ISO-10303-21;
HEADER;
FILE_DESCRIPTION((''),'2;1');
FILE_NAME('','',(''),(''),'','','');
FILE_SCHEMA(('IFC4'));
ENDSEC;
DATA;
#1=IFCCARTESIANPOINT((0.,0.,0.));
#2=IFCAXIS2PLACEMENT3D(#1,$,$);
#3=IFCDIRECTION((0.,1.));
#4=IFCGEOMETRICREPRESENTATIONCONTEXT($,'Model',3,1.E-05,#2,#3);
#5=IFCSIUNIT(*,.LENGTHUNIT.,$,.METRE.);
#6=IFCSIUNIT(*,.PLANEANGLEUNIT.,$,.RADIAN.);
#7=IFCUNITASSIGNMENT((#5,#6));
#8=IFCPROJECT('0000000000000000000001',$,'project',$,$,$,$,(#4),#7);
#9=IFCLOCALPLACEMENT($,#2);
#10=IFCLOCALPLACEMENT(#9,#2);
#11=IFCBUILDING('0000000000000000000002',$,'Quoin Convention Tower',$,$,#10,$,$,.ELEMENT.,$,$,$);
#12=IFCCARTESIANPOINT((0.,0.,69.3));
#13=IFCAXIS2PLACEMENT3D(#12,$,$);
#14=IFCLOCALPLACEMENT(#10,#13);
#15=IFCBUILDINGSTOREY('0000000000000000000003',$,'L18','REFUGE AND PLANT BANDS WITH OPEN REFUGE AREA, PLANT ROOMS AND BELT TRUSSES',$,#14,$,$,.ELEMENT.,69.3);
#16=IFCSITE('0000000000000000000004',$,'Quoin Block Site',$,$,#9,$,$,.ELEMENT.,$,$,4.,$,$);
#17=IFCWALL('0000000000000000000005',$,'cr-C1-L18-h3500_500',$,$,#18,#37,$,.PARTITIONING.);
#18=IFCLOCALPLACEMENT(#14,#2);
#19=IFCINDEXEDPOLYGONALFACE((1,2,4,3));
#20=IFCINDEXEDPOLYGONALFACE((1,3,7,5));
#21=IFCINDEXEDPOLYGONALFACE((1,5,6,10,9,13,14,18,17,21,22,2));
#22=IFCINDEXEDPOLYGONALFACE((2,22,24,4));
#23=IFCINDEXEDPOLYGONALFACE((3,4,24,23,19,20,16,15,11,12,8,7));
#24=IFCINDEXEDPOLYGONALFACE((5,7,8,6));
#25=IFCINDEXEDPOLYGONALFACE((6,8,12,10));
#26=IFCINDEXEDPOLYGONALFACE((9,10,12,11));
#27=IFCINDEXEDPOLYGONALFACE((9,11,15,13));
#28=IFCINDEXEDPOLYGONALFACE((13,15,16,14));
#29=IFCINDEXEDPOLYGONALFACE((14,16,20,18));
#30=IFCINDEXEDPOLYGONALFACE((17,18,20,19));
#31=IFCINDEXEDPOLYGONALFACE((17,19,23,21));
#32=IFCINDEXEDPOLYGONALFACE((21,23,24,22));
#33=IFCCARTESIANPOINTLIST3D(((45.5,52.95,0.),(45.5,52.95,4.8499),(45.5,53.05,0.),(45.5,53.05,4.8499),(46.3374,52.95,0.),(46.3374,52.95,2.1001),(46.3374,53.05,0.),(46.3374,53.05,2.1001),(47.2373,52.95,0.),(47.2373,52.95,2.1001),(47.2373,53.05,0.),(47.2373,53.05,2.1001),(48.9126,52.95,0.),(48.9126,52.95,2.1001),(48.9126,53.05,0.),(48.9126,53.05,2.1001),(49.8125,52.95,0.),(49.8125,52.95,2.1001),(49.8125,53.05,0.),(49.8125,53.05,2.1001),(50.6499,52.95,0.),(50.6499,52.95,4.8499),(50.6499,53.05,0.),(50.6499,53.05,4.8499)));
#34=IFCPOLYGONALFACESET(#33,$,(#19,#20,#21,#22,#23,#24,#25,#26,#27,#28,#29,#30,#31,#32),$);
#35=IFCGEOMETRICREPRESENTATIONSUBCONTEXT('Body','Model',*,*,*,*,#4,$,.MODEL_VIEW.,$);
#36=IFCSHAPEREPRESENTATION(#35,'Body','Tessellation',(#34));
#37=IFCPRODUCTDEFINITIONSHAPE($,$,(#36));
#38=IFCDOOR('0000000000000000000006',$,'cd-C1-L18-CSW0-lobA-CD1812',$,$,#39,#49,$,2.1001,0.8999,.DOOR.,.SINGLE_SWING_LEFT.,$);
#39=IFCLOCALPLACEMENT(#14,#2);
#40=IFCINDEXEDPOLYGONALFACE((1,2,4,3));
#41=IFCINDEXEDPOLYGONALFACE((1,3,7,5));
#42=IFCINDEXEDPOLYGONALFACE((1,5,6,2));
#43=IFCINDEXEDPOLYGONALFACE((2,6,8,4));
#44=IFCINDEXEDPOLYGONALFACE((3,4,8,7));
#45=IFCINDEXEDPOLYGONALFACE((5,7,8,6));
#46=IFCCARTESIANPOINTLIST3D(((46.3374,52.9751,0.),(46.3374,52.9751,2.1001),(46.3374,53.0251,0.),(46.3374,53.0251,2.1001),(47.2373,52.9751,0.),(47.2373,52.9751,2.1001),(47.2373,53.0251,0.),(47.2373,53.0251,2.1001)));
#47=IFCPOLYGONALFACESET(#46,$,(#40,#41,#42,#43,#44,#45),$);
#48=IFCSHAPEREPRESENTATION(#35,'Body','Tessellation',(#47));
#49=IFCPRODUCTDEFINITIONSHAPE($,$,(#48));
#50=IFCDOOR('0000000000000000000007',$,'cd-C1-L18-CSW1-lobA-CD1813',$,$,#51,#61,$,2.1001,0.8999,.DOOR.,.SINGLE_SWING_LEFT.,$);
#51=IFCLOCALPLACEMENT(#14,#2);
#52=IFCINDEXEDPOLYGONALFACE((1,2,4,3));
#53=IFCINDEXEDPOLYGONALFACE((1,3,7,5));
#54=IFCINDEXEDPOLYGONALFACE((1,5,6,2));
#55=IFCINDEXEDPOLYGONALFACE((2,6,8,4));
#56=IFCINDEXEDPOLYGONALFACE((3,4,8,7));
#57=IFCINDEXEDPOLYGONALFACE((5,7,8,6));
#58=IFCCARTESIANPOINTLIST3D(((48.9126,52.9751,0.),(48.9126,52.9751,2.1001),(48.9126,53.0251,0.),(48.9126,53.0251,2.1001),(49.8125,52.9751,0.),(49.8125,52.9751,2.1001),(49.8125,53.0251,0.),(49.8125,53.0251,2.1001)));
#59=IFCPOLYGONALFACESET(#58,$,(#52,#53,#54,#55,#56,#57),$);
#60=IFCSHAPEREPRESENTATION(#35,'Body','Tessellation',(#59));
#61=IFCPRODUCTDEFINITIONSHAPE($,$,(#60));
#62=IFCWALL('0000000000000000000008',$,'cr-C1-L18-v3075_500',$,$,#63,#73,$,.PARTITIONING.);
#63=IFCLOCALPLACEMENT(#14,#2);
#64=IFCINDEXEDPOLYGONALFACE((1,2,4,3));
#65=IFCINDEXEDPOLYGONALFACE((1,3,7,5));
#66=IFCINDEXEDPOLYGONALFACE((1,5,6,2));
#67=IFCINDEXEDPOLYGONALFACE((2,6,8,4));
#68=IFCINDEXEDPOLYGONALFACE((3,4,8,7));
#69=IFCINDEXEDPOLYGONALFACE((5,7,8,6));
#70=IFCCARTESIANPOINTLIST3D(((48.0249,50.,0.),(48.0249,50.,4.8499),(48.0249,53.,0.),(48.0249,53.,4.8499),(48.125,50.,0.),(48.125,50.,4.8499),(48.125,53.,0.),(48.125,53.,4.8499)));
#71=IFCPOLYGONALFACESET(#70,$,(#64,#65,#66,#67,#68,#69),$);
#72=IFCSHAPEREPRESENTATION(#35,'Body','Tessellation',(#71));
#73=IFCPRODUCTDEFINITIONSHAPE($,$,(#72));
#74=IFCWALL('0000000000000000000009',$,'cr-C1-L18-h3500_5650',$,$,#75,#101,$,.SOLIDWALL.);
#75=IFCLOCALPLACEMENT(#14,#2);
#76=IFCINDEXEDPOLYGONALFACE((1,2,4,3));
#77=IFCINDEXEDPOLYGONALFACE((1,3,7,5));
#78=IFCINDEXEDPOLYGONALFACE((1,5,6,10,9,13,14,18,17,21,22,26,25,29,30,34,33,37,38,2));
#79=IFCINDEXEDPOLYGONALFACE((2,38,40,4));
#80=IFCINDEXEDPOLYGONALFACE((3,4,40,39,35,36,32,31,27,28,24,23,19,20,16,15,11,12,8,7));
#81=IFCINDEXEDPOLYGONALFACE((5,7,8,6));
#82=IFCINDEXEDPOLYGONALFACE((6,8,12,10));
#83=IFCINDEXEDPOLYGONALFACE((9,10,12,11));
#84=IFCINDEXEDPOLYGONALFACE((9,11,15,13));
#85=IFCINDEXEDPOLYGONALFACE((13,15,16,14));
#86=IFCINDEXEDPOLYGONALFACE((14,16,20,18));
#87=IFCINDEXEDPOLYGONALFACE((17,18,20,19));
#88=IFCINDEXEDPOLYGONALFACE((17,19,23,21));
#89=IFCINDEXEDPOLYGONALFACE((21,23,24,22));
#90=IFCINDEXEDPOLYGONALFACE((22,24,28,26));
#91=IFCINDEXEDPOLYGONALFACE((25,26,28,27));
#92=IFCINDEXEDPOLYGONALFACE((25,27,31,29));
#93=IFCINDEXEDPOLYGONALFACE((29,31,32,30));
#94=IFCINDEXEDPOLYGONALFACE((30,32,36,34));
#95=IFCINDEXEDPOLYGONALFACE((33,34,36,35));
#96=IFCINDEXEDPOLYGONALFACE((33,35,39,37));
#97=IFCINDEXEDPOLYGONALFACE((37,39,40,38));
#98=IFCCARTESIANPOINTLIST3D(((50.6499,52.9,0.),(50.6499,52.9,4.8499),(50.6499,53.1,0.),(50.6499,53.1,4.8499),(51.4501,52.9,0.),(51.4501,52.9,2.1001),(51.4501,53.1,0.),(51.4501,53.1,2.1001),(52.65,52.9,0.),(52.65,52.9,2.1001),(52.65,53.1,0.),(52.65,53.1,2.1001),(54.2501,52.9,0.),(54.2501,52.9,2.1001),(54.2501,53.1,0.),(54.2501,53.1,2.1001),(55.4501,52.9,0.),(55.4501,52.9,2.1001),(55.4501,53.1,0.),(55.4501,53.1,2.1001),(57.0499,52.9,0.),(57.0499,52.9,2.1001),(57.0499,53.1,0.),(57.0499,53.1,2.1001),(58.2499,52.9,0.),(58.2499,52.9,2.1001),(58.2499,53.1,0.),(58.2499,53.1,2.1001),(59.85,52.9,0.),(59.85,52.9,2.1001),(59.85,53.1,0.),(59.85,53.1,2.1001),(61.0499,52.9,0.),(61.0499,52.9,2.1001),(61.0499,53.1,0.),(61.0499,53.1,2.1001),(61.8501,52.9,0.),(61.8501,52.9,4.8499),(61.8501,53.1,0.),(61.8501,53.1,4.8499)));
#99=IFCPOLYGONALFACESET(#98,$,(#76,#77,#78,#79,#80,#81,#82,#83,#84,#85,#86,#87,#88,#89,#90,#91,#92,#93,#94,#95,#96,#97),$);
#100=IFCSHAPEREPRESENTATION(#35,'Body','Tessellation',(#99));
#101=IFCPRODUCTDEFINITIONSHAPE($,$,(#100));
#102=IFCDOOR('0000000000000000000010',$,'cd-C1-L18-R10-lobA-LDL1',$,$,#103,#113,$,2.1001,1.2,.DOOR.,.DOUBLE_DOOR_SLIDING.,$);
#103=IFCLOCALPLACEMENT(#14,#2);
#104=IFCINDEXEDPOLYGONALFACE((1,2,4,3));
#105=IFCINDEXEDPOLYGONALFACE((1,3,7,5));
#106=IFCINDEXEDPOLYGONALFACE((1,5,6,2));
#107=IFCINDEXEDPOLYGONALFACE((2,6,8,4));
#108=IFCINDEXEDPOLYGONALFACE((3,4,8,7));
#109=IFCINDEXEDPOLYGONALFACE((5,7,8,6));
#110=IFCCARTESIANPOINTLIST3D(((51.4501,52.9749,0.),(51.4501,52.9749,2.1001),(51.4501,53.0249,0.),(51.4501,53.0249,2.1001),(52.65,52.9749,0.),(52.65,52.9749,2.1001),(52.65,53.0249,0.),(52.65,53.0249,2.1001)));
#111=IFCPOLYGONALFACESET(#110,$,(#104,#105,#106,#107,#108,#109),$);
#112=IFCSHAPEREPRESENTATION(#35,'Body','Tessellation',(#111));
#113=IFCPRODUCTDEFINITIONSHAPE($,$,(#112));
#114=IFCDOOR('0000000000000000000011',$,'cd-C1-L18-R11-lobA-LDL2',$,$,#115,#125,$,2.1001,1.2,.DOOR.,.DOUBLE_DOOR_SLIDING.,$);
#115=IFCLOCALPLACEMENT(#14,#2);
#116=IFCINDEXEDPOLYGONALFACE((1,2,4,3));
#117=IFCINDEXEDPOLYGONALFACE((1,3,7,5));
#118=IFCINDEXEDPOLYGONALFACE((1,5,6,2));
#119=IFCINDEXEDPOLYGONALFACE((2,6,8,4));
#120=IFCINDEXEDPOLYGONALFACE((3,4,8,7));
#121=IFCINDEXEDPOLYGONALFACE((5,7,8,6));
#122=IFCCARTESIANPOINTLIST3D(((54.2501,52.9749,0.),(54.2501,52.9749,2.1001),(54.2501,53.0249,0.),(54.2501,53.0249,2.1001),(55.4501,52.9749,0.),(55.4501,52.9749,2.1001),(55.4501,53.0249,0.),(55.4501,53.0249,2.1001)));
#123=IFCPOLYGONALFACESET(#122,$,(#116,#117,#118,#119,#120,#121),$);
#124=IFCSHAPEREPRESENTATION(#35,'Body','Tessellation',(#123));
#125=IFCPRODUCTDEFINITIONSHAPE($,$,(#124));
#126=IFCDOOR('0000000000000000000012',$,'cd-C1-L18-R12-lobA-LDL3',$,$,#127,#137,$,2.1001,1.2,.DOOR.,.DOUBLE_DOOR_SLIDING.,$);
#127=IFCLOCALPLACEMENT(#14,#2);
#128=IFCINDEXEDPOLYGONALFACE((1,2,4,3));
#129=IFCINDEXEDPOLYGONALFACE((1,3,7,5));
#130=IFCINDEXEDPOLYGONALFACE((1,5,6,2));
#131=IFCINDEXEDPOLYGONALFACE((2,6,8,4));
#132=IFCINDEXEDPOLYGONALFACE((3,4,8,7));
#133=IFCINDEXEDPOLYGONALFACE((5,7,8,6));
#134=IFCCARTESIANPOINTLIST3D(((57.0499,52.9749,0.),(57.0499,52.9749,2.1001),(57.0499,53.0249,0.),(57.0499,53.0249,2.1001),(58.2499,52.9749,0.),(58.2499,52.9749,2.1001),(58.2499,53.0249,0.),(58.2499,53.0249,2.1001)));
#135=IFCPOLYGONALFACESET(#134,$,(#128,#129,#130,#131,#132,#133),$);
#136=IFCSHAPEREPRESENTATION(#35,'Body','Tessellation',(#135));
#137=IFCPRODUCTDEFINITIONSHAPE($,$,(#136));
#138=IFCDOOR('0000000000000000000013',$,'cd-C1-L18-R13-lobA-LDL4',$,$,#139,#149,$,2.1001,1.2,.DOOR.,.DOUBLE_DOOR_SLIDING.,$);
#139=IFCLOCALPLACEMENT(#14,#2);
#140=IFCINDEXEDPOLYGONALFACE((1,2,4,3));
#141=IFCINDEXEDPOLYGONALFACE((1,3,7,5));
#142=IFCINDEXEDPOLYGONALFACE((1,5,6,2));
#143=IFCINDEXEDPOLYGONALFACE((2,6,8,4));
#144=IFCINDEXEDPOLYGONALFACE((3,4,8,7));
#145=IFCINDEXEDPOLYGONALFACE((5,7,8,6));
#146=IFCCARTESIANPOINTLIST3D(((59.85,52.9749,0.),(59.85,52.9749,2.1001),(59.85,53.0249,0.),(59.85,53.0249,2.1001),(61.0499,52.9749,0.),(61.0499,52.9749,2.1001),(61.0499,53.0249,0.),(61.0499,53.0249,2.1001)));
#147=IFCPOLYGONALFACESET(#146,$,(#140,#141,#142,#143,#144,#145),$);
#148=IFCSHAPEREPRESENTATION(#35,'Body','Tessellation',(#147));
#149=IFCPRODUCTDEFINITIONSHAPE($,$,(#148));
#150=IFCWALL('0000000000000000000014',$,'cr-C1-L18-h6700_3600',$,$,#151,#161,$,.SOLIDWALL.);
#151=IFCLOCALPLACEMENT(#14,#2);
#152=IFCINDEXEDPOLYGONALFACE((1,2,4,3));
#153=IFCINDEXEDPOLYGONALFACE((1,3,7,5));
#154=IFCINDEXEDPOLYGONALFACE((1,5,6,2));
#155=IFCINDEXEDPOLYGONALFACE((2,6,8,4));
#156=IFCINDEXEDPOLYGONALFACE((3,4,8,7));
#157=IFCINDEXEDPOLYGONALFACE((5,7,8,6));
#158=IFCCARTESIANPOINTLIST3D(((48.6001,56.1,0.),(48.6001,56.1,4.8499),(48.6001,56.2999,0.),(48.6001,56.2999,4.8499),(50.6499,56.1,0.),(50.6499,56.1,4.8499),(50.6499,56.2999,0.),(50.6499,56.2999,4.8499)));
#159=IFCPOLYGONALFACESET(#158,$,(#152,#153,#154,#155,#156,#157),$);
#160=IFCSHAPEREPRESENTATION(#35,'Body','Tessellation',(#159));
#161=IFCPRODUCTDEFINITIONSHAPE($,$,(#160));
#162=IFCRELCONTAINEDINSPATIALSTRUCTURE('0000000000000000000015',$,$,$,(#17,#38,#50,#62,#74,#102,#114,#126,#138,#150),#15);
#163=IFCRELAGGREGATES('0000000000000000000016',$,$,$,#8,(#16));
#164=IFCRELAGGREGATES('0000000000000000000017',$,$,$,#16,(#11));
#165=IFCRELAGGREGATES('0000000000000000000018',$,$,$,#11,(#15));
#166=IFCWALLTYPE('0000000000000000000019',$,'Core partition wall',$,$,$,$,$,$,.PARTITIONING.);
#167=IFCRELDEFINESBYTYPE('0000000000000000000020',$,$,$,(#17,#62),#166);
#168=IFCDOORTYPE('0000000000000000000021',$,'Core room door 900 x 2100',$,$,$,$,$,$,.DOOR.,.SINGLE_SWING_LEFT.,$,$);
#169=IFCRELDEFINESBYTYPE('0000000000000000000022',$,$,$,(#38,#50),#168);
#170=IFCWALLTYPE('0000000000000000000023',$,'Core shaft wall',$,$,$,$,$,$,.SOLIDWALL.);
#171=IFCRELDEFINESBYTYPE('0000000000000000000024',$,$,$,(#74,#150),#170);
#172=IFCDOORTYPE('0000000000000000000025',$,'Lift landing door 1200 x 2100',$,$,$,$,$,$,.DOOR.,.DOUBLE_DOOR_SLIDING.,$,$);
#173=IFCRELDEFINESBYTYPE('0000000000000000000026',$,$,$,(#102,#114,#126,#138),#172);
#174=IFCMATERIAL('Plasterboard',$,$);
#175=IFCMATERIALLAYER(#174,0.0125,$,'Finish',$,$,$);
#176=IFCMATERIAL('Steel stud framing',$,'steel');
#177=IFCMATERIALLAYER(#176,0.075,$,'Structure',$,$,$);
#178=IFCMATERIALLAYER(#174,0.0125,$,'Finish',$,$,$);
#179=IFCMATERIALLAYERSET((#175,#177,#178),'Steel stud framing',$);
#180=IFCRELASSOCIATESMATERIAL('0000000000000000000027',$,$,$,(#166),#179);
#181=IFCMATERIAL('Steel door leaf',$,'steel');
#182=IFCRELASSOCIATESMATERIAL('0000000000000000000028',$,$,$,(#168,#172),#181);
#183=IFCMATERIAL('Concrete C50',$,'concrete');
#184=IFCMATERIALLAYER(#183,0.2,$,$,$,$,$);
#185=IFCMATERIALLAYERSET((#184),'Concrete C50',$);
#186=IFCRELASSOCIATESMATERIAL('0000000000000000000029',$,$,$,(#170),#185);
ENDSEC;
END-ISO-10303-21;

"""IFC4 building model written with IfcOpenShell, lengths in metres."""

from ifc_helpers import new_model, si_unit, direction, frame, frame_2d, origin, place, context, subcontext, project, spatial, rectangle, extrude, material, layer, layer_set, type_object, element, fill, save


model = new_model("IFC4")

# Units and contexts
model_context = context("Model", 3, precision=1e-05, world=origin(), true_north=direction((0.0, 1.0)))
body_context = subcontext(model_context, "Body", "Model", "MODEL_VIEW")
ifc_project = project(units=[si_unit("LENGTHUNIT", "METRE"), si_unit("PLANEANGLEUNIT", "RADIAN")], contexts=[model_context])

# Site, building, storey
site_placement = place(None, origin())
site = spatial("IfcSite", under=ifc_project, at=site_placement, Name="Quoin Block Site", CompositionType="ELEMENT", RefElevation=4.0)
building_placement = place(site_placement, origin())
building = spatial("IfcBuilding", under=site, at=building_placement, Name="Quoin Convention Tower", CompositionType="ELEMENT")
storey_placement = place(building_placement, frame((0.0, 0.0, 69.3)))
storey = spatial("IfcBuildingStorey", under=building, at=storey_placement, Name="L18", Description="REFUGE AND PLANT BANDS WITH OPEN REFUGE AREA, PLANT ROOMS AND BELT TRUSSES", CompositionType="ELEMENT", Elevation=69.3)

# Wall, openings, doors
ifc_material_1 = material(Name="Plasterboard")
ifc_layer_1 = layer(ifc_material_1, 0.0125, Name="Finish")
ifc_material_2 = material(Name="Steel stud framing", Category="steel")
ifc_layer_2 = layer(ifc_material_2, 0.075, Name="Structure")
ifc_layer_3 = layer(ifc_material_1, 0.0125, Name="Finish")
ifc_layer_set_1 = layer_set([ifc_layer_1, ifc_layer_2, ifc_layer_3], Name="Steel stud framing")
wall_type_1 = type_object("IfcWallType", Name="Core partition wall", PredefinedType="PARTITIONING", material=ifc_layer_set_1)
wall_1_placement = place(storey_placement, frame((45.5, 53.0, 0.0), z_axis=(0.0, 0.0, 1.0), x_axis=(1.0, 0.0, 0.0)))
wall_1 = element("IfcWall", 1, at=wall_1_placement, inside=storey, type_object=wall_type_1, Name="cr-C1-L18-h3500_500", PredefinedType="PARTITIONING", context=body_context, shape_type="SweptSolid", body=[
    extrude(rectangle(XDim=5.1499, YDim=0.1001, at=frame_2d((2.575, 0.0))), origin(), (0.0, 0.0, 1.0), 4.8499),
])
opening_1_placement = place(wall_1_placement, frame((0.8374, 0.0, 0.0)))
opening_1 = element("IfcOpeningElement", 2, at=opening_1_placement, cuts=wall_1, PredefinedType="OPENING", context=body_context, shape_type="SweptSolid", body=[
    extrude(rectangle(XDim=0.8999, YDim=2.1001, at=frame_2d((0.45, 1.05))), frame((0.0, 0.0601, 0.0), z_axis=(0.0, -1.0, 0.0), x_axis=(1.0, 0.0, 0.0)), (0.0, 0.0, 1.0), 0.1201),
])
opening_2_placement = place(wall_1_placement, frame((3.4126, 0.0, 0.0)))
opening_2 = element("IfcOpeningElement", 3, at=opening_2_placement, cuts=wall_1, PredefinedType="OPENING", context=body_context, shape_type="SweptSolid", body=[
    extrude(rectangle(XDim=0.8999, YDim=2.1001, at=frame_2d((0.45, 1.05))), frame((0.0, 0.0601, 0.0), z_axis=(0.0, -1.0, 0.0), x_axis=(1.0, 0.0, 0.0)), (0.0, 0.0, 1.0), 0.1201),
])
ifc_material_3 = material(Name="Steel door leaf", Category="steel")
door_type_1 = type_object("IfcDoorType", Name="Core room door 900 x 2100", OperationType="SINGLE_SWING_LEFT", PredefinedType="DOOR", material=ifc_material_3)
door_1_placement = place(opening_1_placement, frame((0.8999, 0.0, 0.0), z_axis=(0.0, 0.0, 1.0), x_axis=(-1.0, 0.0, 0.0)))
door_1 = element("IfcDoor", 4, at=door_1_placement, inside=storey, type_object=door_type_1, Name="cd-C1-L18-CSW0-lobA-CD1812", OperationType="SINGLE_SWING_LEFT", OverallHeight=2.1001, OverallWidth=0.8999, PredefinedType="DOOR", context=body_context, shape_type="SweptSolid", body=[
    extrude(rectangle(XDim=0.8999, YDim=2.1001, at=frame_2d((0.45, 1.05))), frame((0.0, 0.0249, 0.0), z_axis=(0.0, -1.0, 0.0), x_axis=(1.0, 0.0, 0.0)), (0.0, 0.0, 1.0), 0.05),
])
fill(opening_1, door_1)
door_2_placement = place(opening_2_placement, frame((0.8999, 0.0, 0.0), z_axis=(0.0, 0.0, 1.0), x_axis=(-1.0, 0.0, 0.0)))
door_2 = element("IfcDoor", 5, at=door_2_placement, inside=storey, type_object=door_type_1, Name="cd-C1-L18-CSW1-lobA-CD1813", OperationType="SINGLE_SWING_LEFT", OverallHeight=2.1001, OverallWidth=0.8999, PredefinedType="DOOR", context=body_context, shape_type="SweptSolid", body=[
    extrude(rectangle(XDim=0.8999, YDim=2.1001, at=frame_2d((0.45, 1.05))), frame((0.0, 0.0249, 0.0), z_axis=(0.0, -1.0, 0.0), x_axis=(1.0, 0.0, 0.0)), (0.0, 0.0, 1.0), 0.05),
])
fill(opening_2, door_2)

# Wall
wall_2_placement = place(storey_placement, frame((48.075, 50.0, 0.0), z_axis=(0.0, 0.0, 1.0), x_axis=(0.0, 1.0, 0.0)))
element("IfcWall", 6, at=wall_2_placement, inside=storey, type_object=wall_type_1, Name="cr-C1-L18-v3075_500", PredefinedType="PARTITIONING", context=body_context, shape_type="SweptSolid", body=[
    extrude(rectangle(XDim=3.0, YDim=0.1001, at=frame_2d((1.5, 0.0))), origin(), (0.0, 0.0, 1.0), 4.8499),
])

# Wall, openings, doors
ifc_material_4 = material(Name="Concrete C50", Category="concrete")
ifc_layer_4 = layer(ifc_material_4, 0.2)
ifc_layer_set_2 = layer_set([ifc_layer_4], Name="Concrete C50")
wall_type_2 = type_object("IfcWallType", Name="Core shaft wall", PredefinedType="SOLIDWALL", material=ifc_layer_set_2)
wall_3_placement = place(storey_placement, frame((50.6499, 53.0, 0.0), z_axis=(0.0, 0.0, 1.0), x_axis=(1.0, 0.0, 0.0)))
wall_3 = element("IfcWall", 7, at=wall_3_placement, inside=storey, type_object=wall_type_2, Name="cr-C1-L18-h3500_5650", PredefinedType="SOLIDWALL", context=body_context, shape_type="SweptSolid", body=[
    extrude(rectangle(XDim=11.2002, YDim=0.2, at=frame_2d((5.6001, 0.0))), origin(), (0.0, 0.0, 1.0), 4.8499),
])
opening_3_placement = place(wall_3_placement, frame((0.8, 0.0, 0.0)))
opening_3 = element("IfcOpeningElement", 8, at=opening_3_placement, cuts=wall_3, PredefinedType="OPENING", context=body_context, shape_type="SweptSolid", body=[
    extrude(rectangle(XDim=1.2, YDim=2.1001, at=frame_2d((0.6001, 1.05))), frame((0.0, 0.1099, 0.0), z_axis=(0.0, -1.0, 0.0), x_axis=(1.0, 0.0, 0.0)), (0.0, 0.0, 1.0), 0.22),
])
opening_4_placement = place(wall_3_placement, frame((3.6001, 0.0, 0.0)))
opening_4 = element("IfcOpeningElement", 9, at=opening_4_placement, cuts=wall_3, PredefinedType="OPENING", context=body_context, shape_type="SweptSolid", body=[
    extrude(rectangle(XDim=1.2, YDim=2.1001, at=frame_2d((0.6001, 1.05))), frame((0.0, 0.1099, 0.0), z_axis=(0.0, -1.0, 0.0), x_axis=(1.0, 0.0, 0.0)), (0.0, 0.0, 1.0), 0.22),
])
opening_5_placement = place(wall_3_placement, frame((6.3999, 0.0, 0.0)))
opening_5 = element("IfcOpeningElement", 10, at=opening_5_placement, cuts=wall_3, PredefinedType="OPENING", context=body_context, shape_type="SweptSolid", body=[
    extrude(rectangle(XDim=1.2, YDim=2.1001, at=frame_2d((0.6001, 1.05))), frame((0.0, 0.1099, 0.0), z_axis=(0.0, -1.0, 0.0), x_axis=(1.0, 0.0, 0.0)), (0.0, 0.0, 1.0), 0.22),
])
opening_6_placement = place(wall_3_placement, frame((9.2, 0.0, 0.0)))
opening_6 = element("IfcOpeningElement", 11, at=opening_6_placement, cuts=wall_3, PredefinedType="OPENING", context=body_context, shape_type="SweptSolid", body=[
    extrude(rectangle(XDim=1.2, YDim=2.1001, at=frame_2d((0.6001, 1.05))), frame((0.0, 0.1099, 0.0), z_axis=(0.0, -1.0, 0.0), x_axis=(1.0, 0.0, 0.0)), (0.0, 0.0, 1.0), 0.22),
])
door_type_2 = type_object("IfcDoorType", Name="Lift landing door 1200 x 2100", OperationType="DOUBLE_DOOR_SLIDING", PredefinedType="DOOR", material=ifc_material_3)
door_3_placement = place(opening_3_placement, origin())
door_3 = element("IfcDoor", 12, at=door_3_placement, inside=storey, type_object=door_type_2, Name="cd-C1-L18-R10-lobA-LDL1", OperationType="DOUBLE_DOOR_SLIDING", OverallHeight=2.1001, OverallWidth=1.2, PredefinedType="DOOR", context=body_context, shape_type="SweptSolid", body=[
    extrude(rectangle(XDim=1.2, YDim=2.1001, at=frame_2d((0.6001, 1.05))), frame((0.0, 0.0249, 0.0), z_axis=(0.0, -1.0, 0.0), x_axis=(1.0, 0.0, 0.0)), (0.0, 0.0, 1.0), 0.05),
])
fill(opening_3, door_3)
door_4_placement = place(opening_4_placement, origin())
door_4 = element("IfcDoor", 13, at=door_4_placement, inside=storey, type_object=door_type_2, Name="cd-C1-L18-R11-lobA-LDL2", OperationType="DOUBLE_DOOR_SLIDING", OverallHeight=2.1001, OverallWidth=1.2, PredefinedType="DOOR", context=body_context, shape_type="SweptSolid", body=[
    extrude(rectangle(XDim=1.2, YDim=2.1001, at=frame_2d((0.6001, 1.05))), frame((0.0, 0.0249, 0.0), z_axis=(0.0, -1.0, 0.0), x_axis=(1.0, 0.0, 0.0)), (0.0, 0.0, 1.0), 0.05),
])
fill(opening_4, door_4)
door_5_placement = place(opening_5_placement, origin())
door_5 = element("IfcDoor", 14, at=door_5_placement, inside=storey, type_object=door_type_2, Name="cd-C1-L18-R12-lobA-LDL3", OperationType="DOUBLE_DOOR_SLIDING", OverallHeight=2.1001, OverallWidth=1.2, PredefinedType="DOOR", context=body_context, shape_type="SweptSolid", body=[
    extrude(rectangle(XDim=1.2, YDim=2.1001, at=frame_2d((0.6001, 1.05))), frame((0.0, 0.0249, 0.0), z_axis=(0.0, -1.0, 0.0), x_axis=(1.0, 0.0, 0.0)), (0.0, 0.0, 1.0), 0.05),
])
fill(opening_5, door_5)
door_6_placement = place(opening_6_placement, origin())
door_6 = element("IfcDoor", 15, at=door_6_placement, inside=storey, type_object=door_type_2, Name="cd-C1-L18-R13-lobA-LDL4", OperationType="DOUBLE_DOOR_SLIDING", OverallHeight=2.1001, OverallWidth=1.2, PredefinedType="DOOR", context=body_context, shape_type="SweptSolid", body=[
    extrude(rectangle(XDim=1.2, YDim=2.1001, at=frame_2d((0.6001, 1.05))), frame((0.0, 0.0249, 0.0), z_axis=(0.0, -1.0, 0.0), x_axis=(1.0, 0.0, 0.0)), (0.0, 0.0, 1.0), 0.05),
])
fill(opening_6, door_6)

# Wall
wall_4_placement = place(storey_placement, frame((48.6001, 56.2, 0.0), z_axis=(0.0, 0.0, 1.0), x_axis=(1.0, 0.0, 0.0)))
element("IfcWall", 16, at=wall_4_placement, inside=storey, type_object=wall_type_2, Name="cr-C1-L18-h6700_3600", PredefinedType="SOLIDWALL", context=body_context, shape_type="SweptSolid", body=[
    extrude(rectangle(XDim=2.0498, YDim=0.2, at=frame_2d((1.0249, 0.0))), origin(), (0.0, 0.0, 1.0), 4.8499),
])

save(model, "model.ifc")
